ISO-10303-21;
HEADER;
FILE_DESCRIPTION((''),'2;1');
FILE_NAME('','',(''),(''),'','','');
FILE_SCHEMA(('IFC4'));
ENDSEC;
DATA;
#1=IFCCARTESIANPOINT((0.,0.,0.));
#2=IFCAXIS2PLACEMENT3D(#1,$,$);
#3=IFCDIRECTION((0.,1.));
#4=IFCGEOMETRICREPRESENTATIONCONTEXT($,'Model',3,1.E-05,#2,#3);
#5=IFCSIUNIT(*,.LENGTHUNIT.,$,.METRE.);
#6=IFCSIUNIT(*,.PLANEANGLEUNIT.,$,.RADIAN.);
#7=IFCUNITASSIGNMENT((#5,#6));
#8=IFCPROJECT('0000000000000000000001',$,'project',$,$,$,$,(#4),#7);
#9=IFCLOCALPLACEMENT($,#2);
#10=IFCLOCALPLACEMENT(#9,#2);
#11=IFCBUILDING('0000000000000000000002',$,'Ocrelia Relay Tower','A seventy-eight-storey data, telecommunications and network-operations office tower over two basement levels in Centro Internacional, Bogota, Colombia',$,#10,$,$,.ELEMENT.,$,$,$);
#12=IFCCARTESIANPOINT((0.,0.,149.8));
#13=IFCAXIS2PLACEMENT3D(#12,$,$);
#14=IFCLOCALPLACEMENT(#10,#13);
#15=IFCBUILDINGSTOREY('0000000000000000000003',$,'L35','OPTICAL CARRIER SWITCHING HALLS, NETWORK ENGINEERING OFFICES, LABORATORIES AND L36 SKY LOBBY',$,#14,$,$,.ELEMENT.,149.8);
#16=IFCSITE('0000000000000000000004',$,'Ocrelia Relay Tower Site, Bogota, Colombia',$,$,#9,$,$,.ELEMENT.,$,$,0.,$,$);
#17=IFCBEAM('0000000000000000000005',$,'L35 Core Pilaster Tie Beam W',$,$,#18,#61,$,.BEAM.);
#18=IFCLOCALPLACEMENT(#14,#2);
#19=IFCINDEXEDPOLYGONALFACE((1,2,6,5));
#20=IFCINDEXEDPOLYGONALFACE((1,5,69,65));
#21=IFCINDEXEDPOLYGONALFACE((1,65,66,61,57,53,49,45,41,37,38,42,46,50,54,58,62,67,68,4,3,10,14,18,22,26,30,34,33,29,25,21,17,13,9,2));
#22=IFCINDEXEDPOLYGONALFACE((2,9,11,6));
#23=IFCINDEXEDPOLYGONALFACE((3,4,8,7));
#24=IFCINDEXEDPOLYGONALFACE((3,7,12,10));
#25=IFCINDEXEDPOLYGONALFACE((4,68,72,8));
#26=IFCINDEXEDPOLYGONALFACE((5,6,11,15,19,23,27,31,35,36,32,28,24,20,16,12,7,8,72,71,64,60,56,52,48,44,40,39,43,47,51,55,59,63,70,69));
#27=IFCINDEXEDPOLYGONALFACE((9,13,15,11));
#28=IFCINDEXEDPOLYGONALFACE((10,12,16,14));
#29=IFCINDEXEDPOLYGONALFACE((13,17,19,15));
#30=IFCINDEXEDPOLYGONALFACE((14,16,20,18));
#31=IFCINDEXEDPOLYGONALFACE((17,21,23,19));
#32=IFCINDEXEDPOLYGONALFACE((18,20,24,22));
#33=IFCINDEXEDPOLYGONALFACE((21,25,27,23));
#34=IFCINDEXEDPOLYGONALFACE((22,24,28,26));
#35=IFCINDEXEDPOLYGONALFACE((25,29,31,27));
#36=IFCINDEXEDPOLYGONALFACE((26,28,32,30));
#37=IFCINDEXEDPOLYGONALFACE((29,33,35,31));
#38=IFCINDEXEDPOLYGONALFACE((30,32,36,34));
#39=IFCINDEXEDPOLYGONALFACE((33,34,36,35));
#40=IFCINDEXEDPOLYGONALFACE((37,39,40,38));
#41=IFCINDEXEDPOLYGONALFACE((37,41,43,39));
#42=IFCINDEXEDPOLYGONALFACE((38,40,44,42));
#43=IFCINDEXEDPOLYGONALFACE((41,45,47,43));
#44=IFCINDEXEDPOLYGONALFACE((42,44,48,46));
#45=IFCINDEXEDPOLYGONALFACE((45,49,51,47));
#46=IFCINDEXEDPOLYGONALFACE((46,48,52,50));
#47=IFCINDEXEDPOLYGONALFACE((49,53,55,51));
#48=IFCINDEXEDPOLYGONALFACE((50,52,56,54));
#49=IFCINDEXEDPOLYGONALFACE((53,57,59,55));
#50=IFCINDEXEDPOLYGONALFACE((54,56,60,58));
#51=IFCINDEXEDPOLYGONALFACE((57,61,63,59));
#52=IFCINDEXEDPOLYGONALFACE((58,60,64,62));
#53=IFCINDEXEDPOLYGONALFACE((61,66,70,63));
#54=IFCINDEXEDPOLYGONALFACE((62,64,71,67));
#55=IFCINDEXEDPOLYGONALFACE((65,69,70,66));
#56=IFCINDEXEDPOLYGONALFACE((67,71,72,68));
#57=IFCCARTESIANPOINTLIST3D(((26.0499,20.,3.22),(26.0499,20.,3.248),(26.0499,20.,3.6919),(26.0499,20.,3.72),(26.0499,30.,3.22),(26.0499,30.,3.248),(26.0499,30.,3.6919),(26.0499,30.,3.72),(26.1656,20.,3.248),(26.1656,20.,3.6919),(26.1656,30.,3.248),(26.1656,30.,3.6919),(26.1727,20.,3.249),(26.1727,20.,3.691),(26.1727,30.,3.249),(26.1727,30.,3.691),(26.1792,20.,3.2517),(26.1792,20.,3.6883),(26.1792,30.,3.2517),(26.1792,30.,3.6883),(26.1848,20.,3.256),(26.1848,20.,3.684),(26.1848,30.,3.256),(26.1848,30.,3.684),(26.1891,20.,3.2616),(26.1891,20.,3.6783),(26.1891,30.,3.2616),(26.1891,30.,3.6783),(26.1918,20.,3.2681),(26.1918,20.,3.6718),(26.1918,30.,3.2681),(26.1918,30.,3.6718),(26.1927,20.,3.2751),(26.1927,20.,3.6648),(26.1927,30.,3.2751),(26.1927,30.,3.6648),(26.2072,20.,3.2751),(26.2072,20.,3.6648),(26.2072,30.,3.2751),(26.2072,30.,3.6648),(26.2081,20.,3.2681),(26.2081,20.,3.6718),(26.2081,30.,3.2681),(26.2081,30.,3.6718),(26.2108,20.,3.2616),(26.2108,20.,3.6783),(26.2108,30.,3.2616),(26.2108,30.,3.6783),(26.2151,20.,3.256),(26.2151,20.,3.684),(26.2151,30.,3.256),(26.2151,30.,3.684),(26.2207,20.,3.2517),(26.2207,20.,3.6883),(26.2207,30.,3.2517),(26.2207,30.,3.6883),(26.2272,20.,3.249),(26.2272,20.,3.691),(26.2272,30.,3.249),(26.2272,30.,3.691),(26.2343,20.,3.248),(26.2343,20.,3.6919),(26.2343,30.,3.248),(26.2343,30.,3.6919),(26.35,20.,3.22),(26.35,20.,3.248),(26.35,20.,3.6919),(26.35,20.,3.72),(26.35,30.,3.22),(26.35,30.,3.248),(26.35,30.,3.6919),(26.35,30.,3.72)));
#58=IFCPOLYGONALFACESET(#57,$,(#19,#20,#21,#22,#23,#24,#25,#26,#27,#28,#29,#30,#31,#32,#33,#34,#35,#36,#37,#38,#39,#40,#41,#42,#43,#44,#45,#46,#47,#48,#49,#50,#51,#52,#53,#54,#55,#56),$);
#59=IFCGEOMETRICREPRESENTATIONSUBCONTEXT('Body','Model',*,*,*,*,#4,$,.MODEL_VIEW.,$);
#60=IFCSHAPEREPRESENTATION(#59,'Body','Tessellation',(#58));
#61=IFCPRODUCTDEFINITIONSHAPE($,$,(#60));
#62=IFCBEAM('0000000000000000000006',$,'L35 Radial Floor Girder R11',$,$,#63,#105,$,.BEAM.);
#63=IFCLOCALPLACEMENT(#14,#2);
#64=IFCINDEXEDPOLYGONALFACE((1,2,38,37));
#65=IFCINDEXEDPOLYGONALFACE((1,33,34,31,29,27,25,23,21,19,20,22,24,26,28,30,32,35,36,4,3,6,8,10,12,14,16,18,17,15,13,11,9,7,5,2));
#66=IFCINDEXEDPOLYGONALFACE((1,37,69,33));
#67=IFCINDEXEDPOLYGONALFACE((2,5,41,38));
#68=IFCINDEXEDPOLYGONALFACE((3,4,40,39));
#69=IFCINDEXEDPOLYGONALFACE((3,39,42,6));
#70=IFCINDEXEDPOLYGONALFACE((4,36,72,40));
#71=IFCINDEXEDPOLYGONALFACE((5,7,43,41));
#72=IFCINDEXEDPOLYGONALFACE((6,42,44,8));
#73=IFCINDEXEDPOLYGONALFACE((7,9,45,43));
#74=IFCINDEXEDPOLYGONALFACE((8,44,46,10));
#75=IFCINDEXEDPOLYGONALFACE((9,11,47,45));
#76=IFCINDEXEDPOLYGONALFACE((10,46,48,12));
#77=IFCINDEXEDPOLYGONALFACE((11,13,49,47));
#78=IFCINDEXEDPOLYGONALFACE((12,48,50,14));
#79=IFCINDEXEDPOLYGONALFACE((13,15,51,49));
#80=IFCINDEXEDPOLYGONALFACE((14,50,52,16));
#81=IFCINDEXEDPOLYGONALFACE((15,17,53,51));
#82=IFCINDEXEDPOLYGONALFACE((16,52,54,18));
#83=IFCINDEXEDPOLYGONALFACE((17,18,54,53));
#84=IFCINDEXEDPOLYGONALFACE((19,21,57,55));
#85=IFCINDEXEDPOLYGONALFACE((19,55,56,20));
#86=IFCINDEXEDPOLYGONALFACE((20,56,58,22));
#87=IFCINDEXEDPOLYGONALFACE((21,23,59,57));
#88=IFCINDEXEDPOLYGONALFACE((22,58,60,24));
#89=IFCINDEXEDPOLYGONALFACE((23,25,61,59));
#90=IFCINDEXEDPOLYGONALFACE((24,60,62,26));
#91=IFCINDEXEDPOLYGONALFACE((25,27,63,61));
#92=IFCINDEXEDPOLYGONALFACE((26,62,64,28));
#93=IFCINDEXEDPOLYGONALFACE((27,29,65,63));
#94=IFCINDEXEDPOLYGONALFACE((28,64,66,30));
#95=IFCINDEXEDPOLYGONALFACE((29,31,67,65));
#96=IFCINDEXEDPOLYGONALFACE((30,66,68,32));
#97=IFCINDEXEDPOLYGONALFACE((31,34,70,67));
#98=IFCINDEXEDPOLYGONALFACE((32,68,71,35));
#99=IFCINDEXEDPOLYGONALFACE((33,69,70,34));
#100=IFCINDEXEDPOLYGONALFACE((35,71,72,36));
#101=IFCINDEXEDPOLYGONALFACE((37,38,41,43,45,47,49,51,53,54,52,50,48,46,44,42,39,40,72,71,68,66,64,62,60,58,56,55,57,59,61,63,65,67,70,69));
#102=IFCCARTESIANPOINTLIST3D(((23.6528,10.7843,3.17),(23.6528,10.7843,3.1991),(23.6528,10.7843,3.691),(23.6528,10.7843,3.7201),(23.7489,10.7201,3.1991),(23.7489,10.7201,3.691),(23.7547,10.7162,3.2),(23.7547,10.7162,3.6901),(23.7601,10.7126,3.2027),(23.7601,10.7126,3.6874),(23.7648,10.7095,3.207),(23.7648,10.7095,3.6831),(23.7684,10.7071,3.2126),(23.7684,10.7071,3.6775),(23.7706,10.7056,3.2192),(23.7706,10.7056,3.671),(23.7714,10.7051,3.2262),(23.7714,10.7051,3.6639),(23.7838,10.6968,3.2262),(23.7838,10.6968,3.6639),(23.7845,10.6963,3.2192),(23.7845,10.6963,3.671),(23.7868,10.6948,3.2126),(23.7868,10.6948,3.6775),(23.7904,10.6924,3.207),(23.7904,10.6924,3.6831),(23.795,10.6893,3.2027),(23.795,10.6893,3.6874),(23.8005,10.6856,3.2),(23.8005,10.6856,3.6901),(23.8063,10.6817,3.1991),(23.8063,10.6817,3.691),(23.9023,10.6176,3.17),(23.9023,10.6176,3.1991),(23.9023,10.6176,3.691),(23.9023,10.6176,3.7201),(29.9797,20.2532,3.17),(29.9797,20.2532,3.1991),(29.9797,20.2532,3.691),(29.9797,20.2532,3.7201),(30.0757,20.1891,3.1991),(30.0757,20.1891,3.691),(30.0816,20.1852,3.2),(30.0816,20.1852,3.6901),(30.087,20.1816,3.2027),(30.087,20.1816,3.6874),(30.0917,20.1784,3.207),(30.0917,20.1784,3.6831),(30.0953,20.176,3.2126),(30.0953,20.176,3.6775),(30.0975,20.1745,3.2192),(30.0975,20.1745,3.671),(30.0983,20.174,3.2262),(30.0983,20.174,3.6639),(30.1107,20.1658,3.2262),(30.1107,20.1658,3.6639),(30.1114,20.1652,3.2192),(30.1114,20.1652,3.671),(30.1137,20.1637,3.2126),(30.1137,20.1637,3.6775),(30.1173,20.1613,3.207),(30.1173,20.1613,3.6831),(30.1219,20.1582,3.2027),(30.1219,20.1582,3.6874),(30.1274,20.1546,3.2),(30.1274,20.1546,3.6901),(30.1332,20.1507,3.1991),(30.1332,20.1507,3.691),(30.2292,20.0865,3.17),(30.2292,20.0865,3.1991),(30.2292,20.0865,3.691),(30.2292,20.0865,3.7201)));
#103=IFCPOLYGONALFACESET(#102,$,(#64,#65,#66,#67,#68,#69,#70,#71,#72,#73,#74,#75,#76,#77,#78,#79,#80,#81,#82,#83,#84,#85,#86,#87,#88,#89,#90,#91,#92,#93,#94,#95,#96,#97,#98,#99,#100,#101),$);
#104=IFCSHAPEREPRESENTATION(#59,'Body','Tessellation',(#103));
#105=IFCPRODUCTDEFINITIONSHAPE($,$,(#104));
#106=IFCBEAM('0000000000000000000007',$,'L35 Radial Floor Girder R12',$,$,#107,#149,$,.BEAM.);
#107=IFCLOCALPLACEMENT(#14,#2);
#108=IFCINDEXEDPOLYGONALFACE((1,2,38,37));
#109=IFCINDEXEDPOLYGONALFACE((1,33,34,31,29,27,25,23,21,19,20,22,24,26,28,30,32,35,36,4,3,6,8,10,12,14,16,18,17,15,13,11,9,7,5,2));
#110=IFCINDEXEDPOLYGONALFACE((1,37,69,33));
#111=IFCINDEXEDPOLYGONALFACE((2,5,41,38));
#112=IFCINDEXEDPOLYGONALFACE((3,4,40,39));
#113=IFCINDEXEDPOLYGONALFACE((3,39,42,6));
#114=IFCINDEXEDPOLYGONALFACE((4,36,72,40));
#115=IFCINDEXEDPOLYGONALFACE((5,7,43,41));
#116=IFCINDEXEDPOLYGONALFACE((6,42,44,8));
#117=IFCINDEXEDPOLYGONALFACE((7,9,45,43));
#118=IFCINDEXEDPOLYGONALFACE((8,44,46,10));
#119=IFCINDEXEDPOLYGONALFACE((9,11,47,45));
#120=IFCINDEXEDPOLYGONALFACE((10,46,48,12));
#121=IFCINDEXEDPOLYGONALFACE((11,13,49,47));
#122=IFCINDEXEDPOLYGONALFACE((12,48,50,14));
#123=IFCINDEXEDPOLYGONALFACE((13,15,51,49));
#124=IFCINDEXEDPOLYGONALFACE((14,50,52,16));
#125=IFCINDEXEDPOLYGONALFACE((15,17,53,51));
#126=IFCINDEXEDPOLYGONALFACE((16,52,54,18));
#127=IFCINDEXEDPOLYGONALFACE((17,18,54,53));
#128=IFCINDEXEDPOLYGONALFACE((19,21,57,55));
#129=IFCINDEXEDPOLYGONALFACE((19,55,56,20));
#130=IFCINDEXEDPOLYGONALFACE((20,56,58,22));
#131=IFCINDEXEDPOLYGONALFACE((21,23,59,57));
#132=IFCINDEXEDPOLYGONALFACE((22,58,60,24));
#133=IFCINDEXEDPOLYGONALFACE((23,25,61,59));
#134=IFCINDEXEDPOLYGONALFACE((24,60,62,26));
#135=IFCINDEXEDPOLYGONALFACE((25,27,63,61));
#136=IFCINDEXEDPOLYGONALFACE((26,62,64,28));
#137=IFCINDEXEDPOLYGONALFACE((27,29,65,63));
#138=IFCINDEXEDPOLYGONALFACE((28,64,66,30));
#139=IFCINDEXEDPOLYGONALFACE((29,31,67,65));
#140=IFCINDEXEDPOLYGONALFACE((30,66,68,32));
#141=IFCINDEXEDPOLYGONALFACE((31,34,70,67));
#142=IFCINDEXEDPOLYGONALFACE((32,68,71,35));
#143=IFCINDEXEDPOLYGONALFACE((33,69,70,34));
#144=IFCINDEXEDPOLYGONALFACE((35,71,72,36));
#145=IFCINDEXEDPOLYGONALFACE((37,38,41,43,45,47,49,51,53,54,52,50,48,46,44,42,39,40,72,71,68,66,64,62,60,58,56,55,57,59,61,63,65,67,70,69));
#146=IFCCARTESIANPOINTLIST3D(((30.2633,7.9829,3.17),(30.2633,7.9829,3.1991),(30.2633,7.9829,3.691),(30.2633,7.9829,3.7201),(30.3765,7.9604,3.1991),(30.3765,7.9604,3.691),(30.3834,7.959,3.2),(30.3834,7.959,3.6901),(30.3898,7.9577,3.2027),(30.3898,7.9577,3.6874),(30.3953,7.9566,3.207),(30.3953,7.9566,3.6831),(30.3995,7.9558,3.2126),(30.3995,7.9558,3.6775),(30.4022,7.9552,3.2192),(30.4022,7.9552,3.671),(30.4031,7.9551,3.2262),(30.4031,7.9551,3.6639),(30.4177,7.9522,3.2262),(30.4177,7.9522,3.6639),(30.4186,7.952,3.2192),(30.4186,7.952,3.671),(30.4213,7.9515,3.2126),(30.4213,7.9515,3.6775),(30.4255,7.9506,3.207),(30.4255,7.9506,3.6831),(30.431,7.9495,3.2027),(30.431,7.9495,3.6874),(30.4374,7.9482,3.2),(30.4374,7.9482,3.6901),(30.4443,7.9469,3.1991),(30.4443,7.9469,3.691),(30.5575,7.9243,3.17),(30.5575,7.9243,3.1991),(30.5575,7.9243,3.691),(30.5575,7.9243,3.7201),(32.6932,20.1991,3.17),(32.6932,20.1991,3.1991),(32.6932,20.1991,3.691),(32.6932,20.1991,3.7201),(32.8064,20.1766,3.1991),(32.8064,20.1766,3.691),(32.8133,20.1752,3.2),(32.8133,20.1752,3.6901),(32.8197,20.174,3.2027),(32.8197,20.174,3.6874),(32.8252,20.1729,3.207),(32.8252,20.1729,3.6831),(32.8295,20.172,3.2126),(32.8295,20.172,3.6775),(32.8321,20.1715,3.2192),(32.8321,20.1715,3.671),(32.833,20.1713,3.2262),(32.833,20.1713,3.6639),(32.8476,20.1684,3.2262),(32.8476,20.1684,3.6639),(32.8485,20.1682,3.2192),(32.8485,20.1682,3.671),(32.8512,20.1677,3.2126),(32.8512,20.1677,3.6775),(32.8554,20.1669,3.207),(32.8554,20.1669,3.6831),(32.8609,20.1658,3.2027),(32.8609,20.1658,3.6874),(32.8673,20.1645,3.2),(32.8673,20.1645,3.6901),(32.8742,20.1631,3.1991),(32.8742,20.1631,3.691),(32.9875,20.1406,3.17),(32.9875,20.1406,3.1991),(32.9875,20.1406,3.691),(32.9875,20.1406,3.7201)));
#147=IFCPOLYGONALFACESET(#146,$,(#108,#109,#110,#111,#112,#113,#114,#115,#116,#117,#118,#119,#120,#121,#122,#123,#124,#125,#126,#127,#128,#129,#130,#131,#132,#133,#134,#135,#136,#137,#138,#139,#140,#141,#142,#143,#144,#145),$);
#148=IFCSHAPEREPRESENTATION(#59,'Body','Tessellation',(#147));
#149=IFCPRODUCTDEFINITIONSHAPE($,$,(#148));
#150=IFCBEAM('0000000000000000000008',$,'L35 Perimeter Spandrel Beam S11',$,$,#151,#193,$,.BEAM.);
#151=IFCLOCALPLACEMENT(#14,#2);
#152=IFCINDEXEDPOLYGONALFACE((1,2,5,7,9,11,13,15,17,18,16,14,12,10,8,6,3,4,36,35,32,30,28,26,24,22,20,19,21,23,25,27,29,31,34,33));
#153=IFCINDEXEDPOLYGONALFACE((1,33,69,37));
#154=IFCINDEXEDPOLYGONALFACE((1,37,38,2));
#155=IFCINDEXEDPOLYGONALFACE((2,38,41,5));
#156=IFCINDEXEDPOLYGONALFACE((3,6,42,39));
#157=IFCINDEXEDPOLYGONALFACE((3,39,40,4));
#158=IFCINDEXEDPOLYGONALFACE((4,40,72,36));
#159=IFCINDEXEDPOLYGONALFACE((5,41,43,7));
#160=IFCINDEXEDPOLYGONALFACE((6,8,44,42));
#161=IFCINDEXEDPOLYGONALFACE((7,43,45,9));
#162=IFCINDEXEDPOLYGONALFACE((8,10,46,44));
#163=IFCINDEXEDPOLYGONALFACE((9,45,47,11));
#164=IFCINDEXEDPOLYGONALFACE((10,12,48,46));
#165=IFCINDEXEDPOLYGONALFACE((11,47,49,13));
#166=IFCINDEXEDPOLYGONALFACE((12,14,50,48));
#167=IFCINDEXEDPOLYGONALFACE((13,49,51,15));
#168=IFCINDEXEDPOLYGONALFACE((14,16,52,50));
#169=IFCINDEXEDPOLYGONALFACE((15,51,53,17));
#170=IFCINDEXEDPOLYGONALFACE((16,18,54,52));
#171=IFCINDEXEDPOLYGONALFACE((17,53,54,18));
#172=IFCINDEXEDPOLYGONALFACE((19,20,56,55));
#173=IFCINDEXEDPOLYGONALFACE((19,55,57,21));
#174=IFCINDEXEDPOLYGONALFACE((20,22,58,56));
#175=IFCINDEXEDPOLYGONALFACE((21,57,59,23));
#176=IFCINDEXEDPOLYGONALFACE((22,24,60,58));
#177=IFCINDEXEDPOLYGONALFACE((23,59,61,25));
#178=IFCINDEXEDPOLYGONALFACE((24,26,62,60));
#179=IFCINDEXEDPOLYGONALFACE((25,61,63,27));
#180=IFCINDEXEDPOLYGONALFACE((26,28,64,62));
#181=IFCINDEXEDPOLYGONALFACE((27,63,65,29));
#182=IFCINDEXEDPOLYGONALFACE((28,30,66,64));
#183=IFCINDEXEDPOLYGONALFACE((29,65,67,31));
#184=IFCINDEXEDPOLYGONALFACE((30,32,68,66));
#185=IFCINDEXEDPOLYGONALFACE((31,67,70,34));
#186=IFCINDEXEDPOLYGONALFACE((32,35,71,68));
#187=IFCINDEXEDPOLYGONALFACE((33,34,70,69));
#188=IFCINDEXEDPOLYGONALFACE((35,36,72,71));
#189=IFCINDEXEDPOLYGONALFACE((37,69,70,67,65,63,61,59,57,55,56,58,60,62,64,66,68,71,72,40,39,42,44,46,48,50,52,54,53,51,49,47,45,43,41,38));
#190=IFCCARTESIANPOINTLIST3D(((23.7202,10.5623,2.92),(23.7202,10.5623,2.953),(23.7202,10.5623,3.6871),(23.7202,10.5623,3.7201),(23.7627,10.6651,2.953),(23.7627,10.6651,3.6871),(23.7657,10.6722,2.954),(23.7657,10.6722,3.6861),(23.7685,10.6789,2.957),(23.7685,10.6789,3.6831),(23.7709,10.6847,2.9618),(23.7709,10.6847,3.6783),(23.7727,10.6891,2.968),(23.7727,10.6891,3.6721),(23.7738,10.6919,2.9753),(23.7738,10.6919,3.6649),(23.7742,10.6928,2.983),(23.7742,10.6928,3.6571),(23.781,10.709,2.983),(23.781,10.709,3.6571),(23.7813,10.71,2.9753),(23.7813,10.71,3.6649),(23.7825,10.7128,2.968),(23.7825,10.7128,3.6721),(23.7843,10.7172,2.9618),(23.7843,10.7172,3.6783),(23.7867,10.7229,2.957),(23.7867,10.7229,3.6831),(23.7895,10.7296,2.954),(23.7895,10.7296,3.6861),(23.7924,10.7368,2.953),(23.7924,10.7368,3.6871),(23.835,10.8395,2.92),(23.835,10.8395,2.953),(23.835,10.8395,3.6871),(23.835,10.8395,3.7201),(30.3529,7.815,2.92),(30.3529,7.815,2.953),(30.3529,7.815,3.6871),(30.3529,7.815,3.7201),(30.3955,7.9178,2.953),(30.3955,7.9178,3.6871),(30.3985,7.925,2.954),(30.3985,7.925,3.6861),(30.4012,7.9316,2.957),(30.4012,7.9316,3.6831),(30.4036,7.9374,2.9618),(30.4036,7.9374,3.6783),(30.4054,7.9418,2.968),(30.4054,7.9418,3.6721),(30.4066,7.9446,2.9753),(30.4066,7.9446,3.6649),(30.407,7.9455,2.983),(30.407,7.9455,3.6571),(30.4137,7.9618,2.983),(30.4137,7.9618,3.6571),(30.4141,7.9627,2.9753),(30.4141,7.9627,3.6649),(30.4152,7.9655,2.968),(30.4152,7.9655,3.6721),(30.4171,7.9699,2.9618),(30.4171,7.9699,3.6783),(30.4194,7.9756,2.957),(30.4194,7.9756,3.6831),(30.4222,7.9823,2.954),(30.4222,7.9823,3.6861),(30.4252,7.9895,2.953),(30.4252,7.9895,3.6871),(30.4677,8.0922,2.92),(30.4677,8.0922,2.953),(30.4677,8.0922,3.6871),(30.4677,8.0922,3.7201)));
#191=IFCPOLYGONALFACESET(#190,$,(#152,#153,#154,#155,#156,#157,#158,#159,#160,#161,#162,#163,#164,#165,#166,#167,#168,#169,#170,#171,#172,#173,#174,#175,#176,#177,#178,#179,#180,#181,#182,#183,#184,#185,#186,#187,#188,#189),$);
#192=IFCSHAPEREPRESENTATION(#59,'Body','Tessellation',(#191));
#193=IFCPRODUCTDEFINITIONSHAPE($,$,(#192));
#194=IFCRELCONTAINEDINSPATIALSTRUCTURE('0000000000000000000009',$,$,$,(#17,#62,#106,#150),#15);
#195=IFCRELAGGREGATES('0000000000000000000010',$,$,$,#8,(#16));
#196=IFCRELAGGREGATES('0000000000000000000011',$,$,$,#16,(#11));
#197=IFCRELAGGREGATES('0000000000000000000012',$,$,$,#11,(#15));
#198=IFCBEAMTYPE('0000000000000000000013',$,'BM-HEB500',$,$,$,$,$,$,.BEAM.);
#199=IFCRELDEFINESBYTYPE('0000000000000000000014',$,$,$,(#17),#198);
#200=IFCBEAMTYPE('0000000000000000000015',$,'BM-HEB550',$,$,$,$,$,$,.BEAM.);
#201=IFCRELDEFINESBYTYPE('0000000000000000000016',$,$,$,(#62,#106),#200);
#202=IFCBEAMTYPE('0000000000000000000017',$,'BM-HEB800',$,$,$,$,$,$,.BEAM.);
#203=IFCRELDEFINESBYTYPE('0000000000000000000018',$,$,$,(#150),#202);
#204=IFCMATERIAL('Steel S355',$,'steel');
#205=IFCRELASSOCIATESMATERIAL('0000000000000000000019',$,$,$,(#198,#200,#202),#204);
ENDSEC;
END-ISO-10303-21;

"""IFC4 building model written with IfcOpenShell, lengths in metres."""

from ifc_helpers import new_model, si_unit, direction, frame, origin, origin_2d, place, context, subcontext, project, spatial, i_section, extrude, material, material_profile, profile_set, type_object, element, save


model = new_model("IFC4")

# Units and contexts
model_context = context("Model", 3, precision=1e-05, world=origin(), true_north=direction((0.0, 1.0)))
body_context = subcontext(model_context, "Body", "Model", "MODEL_VIEW")
ifc_project = project(units=[si_unit("LENGTHUNIT", "METRE"), si_unit("PLANEANGLEUNIT", "RADIAN")], contexts=[model_context])

# Site, building, storey
site_placement = place(None, origin())
site = spatial("IfcSite", under=ifc_project, at=site_placement, Name="Ocrelia Relay Tower Site, Bogota, Colombia", CompositionType="ELEMENT", RefElevation=0.0)
building_placement = place(site_placement, origin())
building = spatial("IfcBuilding", under=site, at=building_placement, Name="Ocrelia Relay Tower", Description="A seventy-eight-storey data, telecommunications and network-operations office tower over two basement levels in Centro Internacional, Bogota, Colombia", CompositionType="ELEMENT")
storey_placement = place(building_placement, frame((0.0, 0.0, 149.8)))
storey = spatial("IfcBuildingStorey", under=building, at=storey_placement, Name="L35", Description="OPTICAL CARRIER SWITCHING HALLS, NETWORK ENGINEERING OFFICES, LABORATORIES AND L36 SKY LOBBY", CompositionType="ELEMENT", Elevation=149.8)

# Beams
ifc_material_1 = material(Name="Steel S355", Category="steel")
ifc_material_profile_1 = material_profile(ifc_material_1, i_section(OverallWidth=0.3, OverallDepth=0.5, WebThickness=0.0144, FlangeThickness=0.0281, FilletRadius=0.0271, at=origin_2d()), Name="HEB 500")
ifc_profile_set_1 = profile_set([ifc_material_profile_1], Name="Steel S355")
beam_type_1 = type_object("IfcBeamType", Name="BM-HEB500", PredefinedType="BEAM", material=ifc_profile_set_1)
beam_1_placement = place(storey_placement, frame((26.2, 20.0, 3.47), z_axis=(0.0, 1.0, 0.0), x_axis=(-1.0, 0.0, 0.0)))
element("IfcBeam", 1, at=beam_1_placement, inside=storey, type_object=beam_type_1, Name="L35 Core Pilaster Tie Beam W", PredefinedType="BEAM", context=body_context, shape_type="SweptSolid", body=[
    extrude(i_section(OverallWidth=0.3, OverallDepth=0.5, WebThickness=0.0144, FlangeThickness=0.0281, FilletRadius=0.0271, at=origin_2d()), origin(), (0.0, 0.0, 1.0), 10.0),
])
ifc_material_profile_2 = material_profile(ifc_material_1, i_section(OverallWidth=0.3, OverallDepth=0.55, WebThickness=0.0149, FlangeThickness=0.0291, FilletRadius=0.0271, at=origin_2d()), Name="HEB 550")
ifc_profile_set_2 = profile_set([ifc_material_profile_2], Name="Steel S355")
beam_type_2 = type_object("IfcBeamType", Name="BM-HEB550", PredefinedType="BEAM", material=ifc_profile_set_2)
beam_2_placement = place(storey_placement, frame((23.7776, 10.7009, 3.4451), z_axis=(0.555566, 0.831473, 0.0), x_axis=(-0.831473, 0.555566, 0.0)))
element("IfcBeam", 2, at=beam_2_placement, inside=storey, type_object=beam_type_2, Name="L35 Radial Floor Girder R11", PredefinedType="BEAM", context=body_context, shape_type="SweptSolid", body=[
    extrude(i_section(OverallWidth=0.3, OverallDepth=0.55, WebThickness=0.0149, FlangeThickness=0.0291, FilletRadius=0.0271, at=origin_2d()), origin(), (0.0, 0.0, 1.0), 11.3882),
])
beam_3_placement = place(storey_placement, frame((30.4104, 7.9536, 3.4451), z_axis=(0.195087, 0.980786, 0.0), x_axis=(-0.980786, 0.195087, 0.0)))
element("IfcBeam", 3, at=beam_3_placement, inside=storey, type_object=beam_type_2, Name="L35 Radial Floor Girder R12", PredefinedType="BEAM", context=body_context, shape_type="SweptSolid", body=[
    extrude(i_section(OverallWidth=0.3, OverallDepth=0.55, WebThickness=0.0149, FlangeThickness=0.0291, FilletRadius=0.0271, at=origin_2d()), origin(), (0.0, 0.0, 1.0), 12.4556),
])
ifc_material_profile_3 = material_profile(ifc_material_1, i_section(OverallWidth=0.3, OverallDepth=0.8, WebThickness=0.0176, FlangeThickness=0.033, FilletRadius=0.03, at=origin_2d()), Name="HEB 800")
ifc_profile_set_3 = profile_set([ifc_material_profile_3], Name="Steel S355")
beam_type_3 = type_object("IfcBeamType", Name="BM-HEB800", PredefinedType="BEAM", material=ifc_profile_set_3)
for number, where, z_axis, x_axis, name in (
    (4, (23.7776, 10.7009, 3.3201), (0.923884, -0.382673, 0.0), (0.382673, 0.923884, 0.0), "L35 Perimeter Spandrel Beam S11"),
):
    element("IfcBeam", number, at=place(storey_placement, frame(where, z_axis=z_axis, x_axis=x_axis)), inside=storey, type_object=beam_type_3, Name=name, PredefinedType="BEAM", context=body_context, shape_type="SweptSolid", body=[
        extrude(i_section(OverallWidth=0.3, OverallDepth=0.8, WebThickness=0.0176, FlangeThickness=0.033, FilletRadius=0.03, at=origin_2d()), origin(), (0.0, 0.0, 1.0), 7.1792),
    ])

save(model, "model.ifc")
